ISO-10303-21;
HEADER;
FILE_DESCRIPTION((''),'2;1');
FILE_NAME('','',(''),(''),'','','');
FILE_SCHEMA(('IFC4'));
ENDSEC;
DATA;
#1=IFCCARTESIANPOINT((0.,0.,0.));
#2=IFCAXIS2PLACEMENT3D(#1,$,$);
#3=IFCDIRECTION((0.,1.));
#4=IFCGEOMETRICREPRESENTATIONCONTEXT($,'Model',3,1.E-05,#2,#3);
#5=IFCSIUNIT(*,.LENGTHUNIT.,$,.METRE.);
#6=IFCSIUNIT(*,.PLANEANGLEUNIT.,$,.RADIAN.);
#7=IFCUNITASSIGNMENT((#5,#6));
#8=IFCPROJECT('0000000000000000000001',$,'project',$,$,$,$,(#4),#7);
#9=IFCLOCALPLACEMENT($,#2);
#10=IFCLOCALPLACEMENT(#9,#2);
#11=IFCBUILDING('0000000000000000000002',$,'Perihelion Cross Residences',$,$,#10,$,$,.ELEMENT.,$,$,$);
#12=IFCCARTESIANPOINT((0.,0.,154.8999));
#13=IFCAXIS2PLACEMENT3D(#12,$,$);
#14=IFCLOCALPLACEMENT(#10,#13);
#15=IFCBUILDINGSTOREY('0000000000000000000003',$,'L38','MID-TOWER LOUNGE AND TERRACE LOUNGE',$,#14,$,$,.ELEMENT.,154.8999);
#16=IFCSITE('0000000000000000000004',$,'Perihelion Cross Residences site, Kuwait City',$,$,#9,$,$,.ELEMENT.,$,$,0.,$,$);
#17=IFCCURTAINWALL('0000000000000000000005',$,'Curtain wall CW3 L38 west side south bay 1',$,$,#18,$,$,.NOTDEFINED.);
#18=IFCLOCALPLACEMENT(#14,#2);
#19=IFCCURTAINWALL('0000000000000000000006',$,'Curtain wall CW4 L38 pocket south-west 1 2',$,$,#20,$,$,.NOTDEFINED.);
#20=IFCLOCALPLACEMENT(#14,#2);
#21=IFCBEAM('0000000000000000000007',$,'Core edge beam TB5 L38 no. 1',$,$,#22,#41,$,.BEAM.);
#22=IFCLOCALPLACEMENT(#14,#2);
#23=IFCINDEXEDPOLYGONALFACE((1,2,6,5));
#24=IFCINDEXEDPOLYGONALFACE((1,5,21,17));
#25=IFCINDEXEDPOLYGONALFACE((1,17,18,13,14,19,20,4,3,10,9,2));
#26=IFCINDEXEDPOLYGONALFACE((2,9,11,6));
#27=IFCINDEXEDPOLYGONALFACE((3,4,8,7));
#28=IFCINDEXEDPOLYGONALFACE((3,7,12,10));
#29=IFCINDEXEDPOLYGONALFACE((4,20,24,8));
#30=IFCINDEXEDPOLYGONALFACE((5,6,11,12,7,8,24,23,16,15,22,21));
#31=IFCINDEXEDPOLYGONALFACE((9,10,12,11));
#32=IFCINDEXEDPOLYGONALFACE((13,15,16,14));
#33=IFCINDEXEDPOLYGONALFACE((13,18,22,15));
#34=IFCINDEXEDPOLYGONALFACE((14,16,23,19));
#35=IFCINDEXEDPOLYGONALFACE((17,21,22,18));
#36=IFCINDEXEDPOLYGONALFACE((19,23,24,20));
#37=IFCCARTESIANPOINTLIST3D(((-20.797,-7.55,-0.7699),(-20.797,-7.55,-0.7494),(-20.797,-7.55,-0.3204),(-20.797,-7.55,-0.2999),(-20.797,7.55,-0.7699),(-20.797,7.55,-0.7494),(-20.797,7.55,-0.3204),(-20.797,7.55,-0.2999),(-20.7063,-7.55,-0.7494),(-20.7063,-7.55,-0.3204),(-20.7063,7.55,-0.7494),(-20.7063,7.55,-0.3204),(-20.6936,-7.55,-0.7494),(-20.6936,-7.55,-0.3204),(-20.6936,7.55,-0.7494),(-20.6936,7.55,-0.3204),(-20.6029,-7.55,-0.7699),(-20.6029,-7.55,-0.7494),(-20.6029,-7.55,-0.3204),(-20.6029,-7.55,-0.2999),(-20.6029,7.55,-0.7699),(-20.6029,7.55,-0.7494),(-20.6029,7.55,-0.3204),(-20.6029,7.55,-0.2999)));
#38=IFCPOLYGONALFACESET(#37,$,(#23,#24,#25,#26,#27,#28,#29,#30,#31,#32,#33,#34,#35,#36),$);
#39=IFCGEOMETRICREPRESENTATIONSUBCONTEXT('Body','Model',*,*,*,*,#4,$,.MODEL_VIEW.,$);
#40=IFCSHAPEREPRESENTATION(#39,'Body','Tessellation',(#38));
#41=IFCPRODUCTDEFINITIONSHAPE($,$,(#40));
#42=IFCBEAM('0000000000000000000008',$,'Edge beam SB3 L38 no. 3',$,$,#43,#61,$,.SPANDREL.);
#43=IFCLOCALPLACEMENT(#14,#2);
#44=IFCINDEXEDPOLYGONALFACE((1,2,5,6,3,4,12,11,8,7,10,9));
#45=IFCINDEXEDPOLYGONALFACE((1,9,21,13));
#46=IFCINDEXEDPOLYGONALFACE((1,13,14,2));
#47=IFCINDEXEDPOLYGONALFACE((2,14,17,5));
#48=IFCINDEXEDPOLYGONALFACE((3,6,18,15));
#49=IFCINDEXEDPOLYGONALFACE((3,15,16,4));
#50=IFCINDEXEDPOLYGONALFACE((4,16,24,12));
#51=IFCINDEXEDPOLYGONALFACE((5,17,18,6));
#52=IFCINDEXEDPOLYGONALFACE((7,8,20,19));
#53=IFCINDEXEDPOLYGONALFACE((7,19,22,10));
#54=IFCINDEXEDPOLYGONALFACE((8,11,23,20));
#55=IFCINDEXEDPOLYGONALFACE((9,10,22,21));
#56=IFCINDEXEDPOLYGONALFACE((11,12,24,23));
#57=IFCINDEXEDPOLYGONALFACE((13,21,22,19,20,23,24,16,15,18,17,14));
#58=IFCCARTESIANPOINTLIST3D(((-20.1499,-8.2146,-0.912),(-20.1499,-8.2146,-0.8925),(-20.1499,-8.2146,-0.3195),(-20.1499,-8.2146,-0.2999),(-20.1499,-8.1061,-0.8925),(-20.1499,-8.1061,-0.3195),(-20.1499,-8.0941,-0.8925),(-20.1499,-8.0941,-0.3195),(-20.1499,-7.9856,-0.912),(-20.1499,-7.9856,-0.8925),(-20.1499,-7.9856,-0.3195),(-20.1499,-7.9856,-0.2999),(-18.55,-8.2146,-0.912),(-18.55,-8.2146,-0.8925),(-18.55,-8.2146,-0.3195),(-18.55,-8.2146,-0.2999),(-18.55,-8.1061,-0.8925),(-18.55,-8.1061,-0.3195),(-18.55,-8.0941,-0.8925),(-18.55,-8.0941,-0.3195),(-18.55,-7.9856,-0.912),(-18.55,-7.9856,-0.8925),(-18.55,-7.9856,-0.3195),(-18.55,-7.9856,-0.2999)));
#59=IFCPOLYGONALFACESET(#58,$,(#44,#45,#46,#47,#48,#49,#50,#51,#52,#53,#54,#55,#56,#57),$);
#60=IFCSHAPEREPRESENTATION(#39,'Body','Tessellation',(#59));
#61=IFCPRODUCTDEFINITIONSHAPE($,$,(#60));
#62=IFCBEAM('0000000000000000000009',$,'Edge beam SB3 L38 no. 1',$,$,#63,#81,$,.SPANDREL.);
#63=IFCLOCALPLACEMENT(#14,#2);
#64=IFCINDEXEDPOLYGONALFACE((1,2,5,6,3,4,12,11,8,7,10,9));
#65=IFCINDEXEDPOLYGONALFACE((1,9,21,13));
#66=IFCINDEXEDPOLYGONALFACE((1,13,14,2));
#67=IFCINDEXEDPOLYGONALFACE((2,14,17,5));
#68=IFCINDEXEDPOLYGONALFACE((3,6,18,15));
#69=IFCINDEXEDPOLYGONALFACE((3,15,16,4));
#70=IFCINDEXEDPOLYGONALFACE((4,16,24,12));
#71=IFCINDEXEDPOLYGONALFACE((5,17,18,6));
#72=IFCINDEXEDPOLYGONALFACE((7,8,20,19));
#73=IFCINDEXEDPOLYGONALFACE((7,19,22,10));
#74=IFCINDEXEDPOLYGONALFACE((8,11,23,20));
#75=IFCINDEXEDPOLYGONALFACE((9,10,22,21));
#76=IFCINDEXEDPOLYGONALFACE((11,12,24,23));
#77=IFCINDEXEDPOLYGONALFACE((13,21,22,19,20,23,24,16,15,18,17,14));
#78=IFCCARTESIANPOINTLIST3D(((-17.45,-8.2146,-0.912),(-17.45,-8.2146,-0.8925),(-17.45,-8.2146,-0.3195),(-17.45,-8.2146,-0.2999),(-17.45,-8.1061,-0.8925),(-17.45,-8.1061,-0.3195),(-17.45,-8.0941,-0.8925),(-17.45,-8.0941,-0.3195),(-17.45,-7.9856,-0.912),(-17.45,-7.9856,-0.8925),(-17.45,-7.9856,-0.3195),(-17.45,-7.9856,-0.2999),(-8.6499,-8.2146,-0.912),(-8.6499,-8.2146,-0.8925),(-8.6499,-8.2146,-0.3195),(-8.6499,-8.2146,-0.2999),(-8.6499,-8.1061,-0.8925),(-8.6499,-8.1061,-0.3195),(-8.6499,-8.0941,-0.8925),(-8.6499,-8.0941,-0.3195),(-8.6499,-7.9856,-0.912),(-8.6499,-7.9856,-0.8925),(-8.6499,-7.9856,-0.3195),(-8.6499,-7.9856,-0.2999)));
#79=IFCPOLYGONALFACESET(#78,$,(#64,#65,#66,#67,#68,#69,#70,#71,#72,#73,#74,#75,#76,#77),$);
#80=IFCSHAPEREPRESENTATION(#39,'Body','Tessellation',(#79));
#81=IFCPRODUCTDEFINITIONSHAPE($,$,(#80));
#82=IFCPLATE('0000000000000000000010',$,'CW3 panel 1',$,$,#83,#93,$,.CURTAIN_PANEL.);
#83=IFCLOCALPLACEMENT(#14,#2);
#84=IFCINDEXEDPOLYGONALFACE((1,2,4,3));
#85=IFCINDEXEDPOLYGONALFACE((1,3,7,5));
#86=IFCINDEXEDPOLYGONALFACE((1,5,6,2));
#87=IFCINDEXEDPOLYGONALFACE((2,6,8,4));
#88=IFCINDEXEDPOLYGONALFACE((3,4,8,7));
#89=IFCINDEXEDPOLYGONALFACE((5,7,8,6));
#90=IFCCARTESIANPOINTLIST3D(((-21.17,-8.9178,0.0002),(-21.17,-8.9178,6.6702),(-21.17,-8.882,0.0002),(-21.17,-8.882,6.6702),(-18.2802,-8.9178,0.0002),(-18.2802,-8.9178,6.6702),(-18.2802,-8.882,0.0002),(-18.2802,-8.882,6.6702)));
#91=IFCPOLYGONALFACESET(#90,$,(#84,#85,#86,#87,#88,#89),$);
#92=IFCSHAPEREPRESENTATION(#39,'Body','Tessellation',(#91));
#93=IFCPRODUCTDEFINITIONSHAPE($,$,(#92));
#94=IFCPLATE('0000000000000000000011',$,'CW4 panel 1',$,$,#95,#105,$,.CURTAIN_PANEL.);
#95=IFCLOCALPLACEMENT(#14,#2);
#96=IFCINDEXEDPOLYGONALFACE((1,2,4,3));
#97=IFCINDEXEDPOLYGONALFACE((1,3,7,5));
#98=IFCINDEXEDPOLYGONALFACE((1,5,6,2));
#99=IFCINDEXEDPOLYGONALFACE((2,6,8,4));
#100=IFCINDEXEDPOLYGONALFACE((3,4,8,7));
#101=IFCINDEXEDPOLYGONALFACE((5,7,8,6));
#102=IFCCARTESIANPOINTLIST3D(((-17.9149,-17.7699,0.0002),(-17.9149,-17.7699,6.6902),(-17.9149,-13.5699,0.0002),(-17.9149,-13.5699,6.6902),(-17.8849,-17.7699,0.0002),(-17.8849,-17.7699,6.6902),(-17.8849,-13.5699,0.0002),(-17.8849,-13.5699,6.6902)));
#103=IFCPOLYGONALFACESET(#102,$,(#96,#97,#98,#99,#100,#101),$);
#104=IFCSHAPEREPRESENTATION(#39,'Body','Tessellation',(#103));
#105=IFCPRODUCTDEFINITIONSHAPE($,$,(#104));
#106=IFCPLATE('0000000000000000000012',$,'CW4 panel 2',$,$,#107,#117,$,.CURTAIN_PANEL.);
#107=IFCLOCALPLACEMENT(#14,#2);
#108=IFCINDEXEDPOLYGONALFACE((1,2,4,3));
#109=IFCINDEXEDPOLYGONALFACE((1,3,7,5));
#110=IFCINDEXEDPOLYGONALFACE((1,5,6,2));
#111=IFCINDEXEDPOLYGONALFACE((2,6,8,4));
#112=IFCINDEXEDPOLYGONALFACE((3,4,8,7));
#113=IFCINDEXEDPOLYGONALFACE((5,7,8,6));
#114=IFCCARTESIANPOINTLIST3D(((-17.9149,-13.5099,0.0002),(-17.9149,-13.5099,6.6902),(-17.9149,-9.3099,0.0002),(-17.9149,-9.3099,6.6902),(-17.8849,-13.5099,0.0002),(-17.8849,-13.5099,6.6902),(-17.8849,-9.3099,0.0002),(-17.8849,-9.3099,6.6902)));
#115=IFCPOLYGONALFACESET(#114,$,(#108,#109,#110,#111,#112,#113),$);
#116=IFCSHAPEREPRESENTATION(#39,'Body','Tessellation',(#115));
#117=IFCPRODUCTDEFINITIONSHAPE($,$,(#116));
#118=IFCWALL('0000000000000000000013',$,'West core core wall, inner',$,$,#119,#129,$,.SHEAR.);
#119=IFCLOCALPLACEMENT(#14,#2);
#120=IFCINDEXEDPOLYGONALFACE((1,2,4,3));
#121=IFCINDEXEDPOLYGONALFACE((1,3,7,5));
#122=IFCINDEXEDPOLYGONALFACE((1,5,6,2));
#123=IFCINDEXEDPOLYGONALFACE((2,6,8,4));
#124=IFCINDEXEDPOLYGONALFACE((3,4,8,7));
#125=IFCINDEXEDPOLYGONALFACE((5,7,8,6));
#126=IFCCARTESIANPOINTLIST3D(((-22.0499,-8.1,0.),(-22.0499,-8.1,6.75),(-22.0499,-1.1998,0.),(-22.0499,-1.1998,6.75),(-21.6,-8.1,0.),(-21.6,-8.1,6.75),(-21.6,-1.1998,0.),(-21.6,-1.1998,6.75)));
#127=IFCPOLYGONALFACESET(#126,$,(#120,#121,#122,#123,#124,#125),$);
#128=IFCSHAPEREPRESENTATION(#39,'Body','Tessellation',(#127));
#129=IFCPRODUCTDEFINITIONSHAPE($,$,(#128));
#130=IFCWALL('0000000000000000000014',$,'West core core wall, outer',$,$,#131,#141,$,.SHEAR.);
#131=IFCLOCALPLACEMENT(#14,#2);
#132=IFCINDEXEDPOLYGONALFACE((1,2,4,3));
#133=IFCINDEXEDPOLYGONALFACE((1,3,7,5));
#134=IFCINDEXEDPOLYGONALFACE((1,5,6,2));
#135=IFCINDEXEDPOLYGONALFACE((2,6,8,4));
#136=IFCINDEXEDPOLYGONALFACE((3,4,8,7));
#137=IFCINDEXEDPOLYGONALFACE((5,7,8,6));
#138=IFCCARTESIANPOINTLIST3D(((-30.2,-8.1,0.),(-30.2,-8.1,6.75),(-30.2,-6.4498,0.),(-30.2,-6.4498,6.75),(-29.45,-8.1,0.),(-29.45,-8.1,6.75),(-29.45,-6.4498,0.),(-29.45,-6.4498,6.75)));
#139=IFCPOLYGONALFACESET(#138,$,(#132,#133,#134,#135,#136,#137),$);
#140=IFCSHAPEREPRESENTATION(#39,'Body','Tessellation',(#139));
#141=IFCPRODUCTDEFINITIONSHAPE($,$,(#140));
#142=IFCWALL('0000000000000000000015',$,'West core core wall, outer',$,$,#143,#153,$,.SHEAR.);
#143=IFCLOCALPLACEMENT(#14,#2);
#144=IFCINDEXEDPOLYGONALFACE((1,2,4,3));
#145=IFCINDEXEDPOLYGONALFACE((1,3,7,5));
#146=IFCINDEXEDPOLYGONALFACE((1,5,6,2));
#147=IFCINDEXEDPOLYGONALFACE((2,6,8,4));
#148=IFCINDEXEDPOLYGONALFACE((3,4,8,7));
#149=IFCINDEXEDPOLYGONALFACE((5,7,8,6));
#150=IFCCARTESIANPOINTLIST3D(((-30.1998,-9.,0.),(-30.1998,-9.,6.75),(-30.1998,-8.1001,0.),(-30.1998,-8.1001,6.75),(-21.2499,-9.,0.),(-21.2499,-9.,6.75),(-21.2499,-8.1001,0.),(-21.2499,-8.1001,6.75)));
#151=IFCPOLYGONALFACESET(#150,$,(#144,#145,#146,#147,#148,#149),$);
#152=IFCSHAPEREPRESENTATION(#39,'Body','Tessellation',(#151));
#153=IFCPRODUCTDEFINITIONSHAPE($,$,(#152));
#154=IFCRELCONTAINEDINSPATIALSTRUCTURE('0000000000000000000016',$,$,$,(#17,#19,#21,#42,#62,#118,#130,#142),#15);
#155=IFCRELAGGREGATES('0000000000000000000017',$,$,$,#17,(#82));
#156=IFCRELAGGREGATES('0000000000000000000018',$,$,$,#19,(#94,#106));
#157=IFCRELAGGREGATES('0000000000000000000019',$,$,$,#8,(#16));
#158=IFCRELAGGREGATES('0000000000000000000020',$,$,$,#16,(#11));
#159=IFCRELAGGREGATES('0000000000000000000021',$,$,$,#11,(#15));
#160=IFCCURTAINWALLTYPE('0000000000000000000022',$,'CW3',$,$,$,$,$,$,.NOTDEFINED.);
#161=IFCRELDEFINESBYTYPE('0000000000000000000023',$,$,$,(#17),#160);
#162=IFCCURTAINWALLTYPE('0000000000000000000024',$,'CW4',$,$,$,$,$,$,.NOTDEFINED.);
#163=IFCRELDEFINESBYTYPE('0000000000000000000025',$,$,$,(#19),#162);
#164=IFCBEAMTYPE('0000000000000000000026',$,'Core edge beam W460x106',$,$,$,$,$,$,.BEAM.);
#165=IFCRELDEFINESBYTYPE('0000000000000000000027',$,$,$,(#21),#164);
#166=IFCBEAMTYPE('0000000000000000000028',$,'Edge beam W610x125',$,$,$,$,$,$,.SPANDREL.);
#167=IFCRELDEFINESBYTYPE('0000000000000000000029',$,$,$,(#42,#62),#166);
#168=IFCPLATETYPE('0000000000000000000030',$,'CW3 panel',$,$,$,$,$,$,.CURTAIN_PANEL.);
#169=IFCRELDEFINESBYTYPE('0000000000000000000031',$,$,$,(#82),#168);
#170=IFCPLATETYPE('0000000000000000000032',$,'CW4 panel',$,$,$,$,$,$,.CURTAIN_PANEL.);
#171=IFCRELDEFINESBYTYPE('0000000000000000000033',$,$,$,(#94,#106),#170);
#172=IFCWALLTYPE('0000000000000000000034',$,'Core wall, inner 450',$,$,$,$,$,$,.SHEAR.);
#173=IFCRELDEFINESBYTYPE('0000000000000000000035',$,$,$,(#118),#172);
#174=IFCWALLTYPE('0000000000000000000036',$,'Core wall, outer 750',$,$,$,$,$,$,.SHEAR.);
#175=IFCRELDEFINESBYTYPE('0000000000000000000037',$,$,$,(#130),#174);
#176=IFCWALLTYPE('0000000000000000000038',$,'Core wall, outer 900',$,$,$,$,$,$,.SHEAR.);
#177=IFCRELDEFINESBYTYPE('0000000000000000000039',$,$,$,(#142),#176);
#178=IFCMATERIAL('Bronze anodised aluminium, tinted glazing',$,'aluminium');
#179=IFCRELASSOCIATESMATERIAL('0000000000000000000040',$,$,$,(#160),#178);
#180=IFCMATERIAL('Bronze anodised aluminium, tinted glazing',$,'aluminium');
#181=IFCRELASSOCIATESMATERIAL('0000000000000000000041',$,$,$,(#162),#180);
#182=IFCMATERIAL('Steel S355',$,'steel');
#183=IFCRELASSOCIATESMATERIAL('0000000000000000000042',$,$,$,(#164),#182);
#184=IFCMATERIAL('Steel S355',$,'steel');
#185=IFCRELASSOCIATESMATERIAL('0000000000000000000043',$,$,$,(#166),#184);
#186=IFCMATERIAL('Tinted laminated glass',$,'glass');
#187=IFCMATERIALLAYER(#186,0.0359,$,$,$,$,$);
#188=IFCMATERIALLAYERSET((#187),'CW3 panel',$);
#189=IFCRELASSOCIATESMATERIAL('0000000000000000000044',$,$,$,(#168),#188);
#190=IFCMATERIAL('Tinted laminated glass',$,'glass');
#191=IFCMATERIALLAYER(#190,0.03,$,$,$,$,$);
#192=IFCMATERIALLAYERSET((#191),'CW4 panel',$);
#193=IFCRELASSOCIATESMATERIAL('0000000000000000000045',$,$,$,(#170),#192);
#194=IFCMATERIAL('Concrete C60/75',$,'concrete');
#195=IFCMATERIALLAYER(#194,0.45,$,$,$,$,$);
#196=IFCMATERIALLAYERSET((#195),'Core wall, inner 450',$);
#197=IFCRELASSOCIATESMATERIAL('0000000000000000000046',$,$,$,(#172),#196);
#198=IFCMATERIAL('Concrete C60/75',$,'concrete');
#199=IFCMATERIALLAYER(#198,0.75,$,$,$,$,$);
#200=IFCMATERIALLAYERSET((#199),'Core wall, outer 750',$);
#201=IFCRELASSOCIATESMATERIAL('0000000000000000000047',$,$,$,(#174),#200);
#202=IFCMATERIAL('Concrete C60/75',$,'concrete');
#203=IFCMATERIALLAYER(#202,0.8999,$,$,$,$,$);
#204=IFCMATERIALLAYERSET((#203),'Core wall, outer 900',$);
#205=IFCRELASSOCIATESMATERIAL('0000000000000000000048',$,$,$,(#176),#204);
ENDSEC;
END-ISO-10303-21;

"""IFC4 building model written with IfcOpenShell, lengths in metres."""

from ifc_helpers import new_model, si_unit, direction, frame, frame_2d, origin, origin_2d, place, context, subcontext, project, spatial, rectangle, i_section, extrude, material, layer, layer_set, material_profile, profile_set, type_object, element, aggregate, save


model = new_model("IFC4")

# Units and contexts
model_context = context("Model", 3, precision=1e-05, world=origin(), true_north=direction((0.0, 1.0)))
body_context = subcontext(model_context, "Body", "Model", "MODEL_VIEW")
ifc_project = project(units=[si_unit("LENGTHUNIT", "METRE"), si_unit("PLANEANGLEUNIT", "RADIAN")], contexts=[model_context])

# Site, building, storey
site_placement = place(None, origin())
site = spatial("IfcSite", under=ifc_project, at=site_placement, Name="Perihelion Cross Residences site, Kuwait City", CompositionType="ELEMENT", RefElevation=0.0)
building_placement = place(site_placement, origin())
building = spatial("IfcBuilding", under=site, at=building_placement, Name="Perihelion Cross Residences", CompositionType="ELEMENT")
storey_placement = place(building_placement, frame((0.0, 0.0, 154.8999)))
storey = spatial("IfcBuildingStorey", under=building, at=storey_placement, Name="L38", Description="MID-TOWER LOUNGE AND TERRACE LOUNGE", CompositionType="ELEMENT", Elevation=154.8999)

# Curtain wall
ifc_material_1 = material(Name="Bronze anodised aluminium, tinted glazing", Category="aluminium")
curtain_wall_type_1 = type_object("IfcCurtainWallType", Name="CW3", PredefinedType="NOTDEFINED", material=ifc_material_1)
curtain_wall_1_placement = place(storey_placement, origin())
curtain_wall_1 = element("IfcCurtainWall", 1, at=curtain_wall_1_placement, inside=storey, type_object=curtain_wall_type_1, Name="Curtain wall CW3 L38 west side south bay 1", PredefinedType="NOTDEFINED")

# Shared definitions
ifc_material_2 = material(Name="Bronze anodised aluminium, tinted glazing", Category="aluminium")
curtain_wall_type_2 = type_object("IfcCurtainWallType", Name="CW4", PredefinedType="NOTDEFINED", material=ifc_material_2)

# Curtain wall
curtain_wall_2_placement = place(storey_placement, origin())
curtain_wall_2 = element("IfcCurtainWall", 2, at=curtain_wall_2_placement, inside=storey, type_object=curtain_wall_type_2, Name="Curtain wall CW4 L38 pocket south-west 1 2", PredefinedType="NOTDEFINED")

# Beams
ifc_material_3 = material(Name="Steel S355", Category="steel")
ifc_material_profile_1 = material_profile(ifc_material_3, i_section(OverallWidth=0.1941, OverallDepth=0.47, WebThickness=0.0127, FlangeThickness=0.0205, at=origin_2d()), Name="W460x106")
ifc_profile_set_1 = profile_set([ifc_material_profile_1], Name="Steel S355")
beam_type_1 = type_object("IfcBeamType", Name="Core edge beam W460x106", PredefinedType="BEAM", material=ifc_profile_set_1)
beam_1_placement = place(storey_placement, frame((-20.7, -7.55, -0.5349), z_axis=(0.0, 1.0, 0.0), x_axis=(-1.0, 0.0, 0.0)))
element("IfcBeam", 3, at=beam_1_placement, inside=storey, type_object=beam_type_1, Name="Core edge beam TB5 L38 no. 1", PredefinedType="BEAM", context=body_context, shape_type="SweptSolid", body=[
    extrude(i_section(OverallWidth=0.1941, OverallDepth=0.47, WebThickness=0.0127, FlangeThickness=0.0205, at=origin_2d()), origin(), (0.0, 0.0, 1.0), 15.1001),
])
ifc_material_4 = material(Name="Steel S355", Category="steel")
ifc_material_profile_2 = material_profile(ifc_material_4, i_section(OverallWidth=0.229, OverallDepth=0.6121, WebThickness=0.012, FlangeThickness=0.0195, at=origin_2d()), Name="W610x125")
ifc_profile_set_2 = profile_set([ifc_material_profile_2], Name="Steel S355")
beam_type_2 = type_object("IfcBeamType", Name="Edge beam W610x125", PredefinedType="SPANDREL", material=ifc_profile_set_2)
beam_2_placement = place(storey_placement, frame((-20.1499, -8.1001, -0.606), z_axis=(1.0, 0.0, 0.0), x_axis=(0.0, 1.0, 0.0)))
element("IfcBeam", 4, at=beam_2_placement, inside=storey, type_object=beam_type_2, Name="Edge beam SB3 L38 no. 3", PredefinedType="SPANDREL", context=body_context, shape_type="SweptSolid", body=[
    extrude(i_section(OverallWidth=0.229, OverallDepth=0.6121, WebThickness=0.012, FlangeThickness=0.0195, at=origin_2d()), origin(), (0.0, 0.0, 1.0), 1.5999),
])
beam_3_placement = place(storey_placement, frame((-17.45, -8.1001, -0.606), z_axis=(1.0, 0.0, 0.0), x_axis=(0.0, 1.0, 0.0)))
element("IfcBeam", 5, at=beam_3_placement, inside=storey, type_object=beam_type_2, Name="Edge beam SB3 L38 no. 1", PredefinedType="SPANDREL", context=body_context, shape_type="SweptSolid", body=[
    extrude(i_section(OverallWidth=0.229, OverallDepth=0.6121, WebThickness=0.012, FlangeThickness=0.0195, at=origin_2d()), origin(), (0.0, 0.0, 1.0), 8.8),
])

# Plates
ifc_material_5 = material(Name="Tinted laminated glass", Category="glass")
ifc_layer_1 = layer(ifc_material_5, 0.0359)
ifc_layer_set_1 = layer_set([ifc_layer_1], Name="CW3 panel")
plate_type_1 = type_object("IfcPlateType", Name="CW3 panel", PredefinedType="CURTAIN_PANEL", material=ifc_layer_set_1)
plate_1_placement = place(storey_placement, frame((-19.7251, -8.8999, 0.0002), z_axis=(0.0, 0.0, 1.0), x_axis=(1.0, 0.0, 0.0)))
plate_1 = element("IfcPlate", 6, at=plate_1_placement, type_object=plate_type_1, Name="CW3 panel 1", PredefinedType="CURTAIN_PANEL", context=body_context, shape_type="SweptSolid", body=[
    extrude(rectangle(XDim=2.8899, YDim=0.0359, at=origin_2d()), origin(), (0.0, 0.0, 1.0), 6.6699),
])
aggregate(curtain_wall_1, [plate_1])
ifc_material_6 = material(Name="Tinted laminated glass", Category="glass")
ifc_layer_2 = layer(ifc_material_6, 0.03)
ifc_layer_set_2 = layer_set([ifc_layer_2], Name="CW4 panel")
plate_type_2 = type_object("IfcPlateType", Name="CW4 panel", PredefinedType="CURTAIN_PANEL", material=ifc_layer_set_2)
plate_2_placement = place(storey_placement, frame((-17.8999, -15.6699, 0.0002), z_axis=(0.0, 0.0, 1.0), x_axis=(0.0, 1.0, 0.0)))
plate_2 = element("IfcPlate", 7, at=plate_2_placement, type_object=plate_type_2, Name="CW4 panel 1", PredefinedType="CURTAIN_PANEL", context=body_context, shape_type="SweptSolid", body=[
    extrude(rectangle(XDim=4.2, YDim=0.03, at=origin_2d()), origin(), (0.0, 0.0, 1.0), 6.6899),
])
plate_3_placement = place(storey_placement, frame((-17.8999, -11.4099, 0.0002), z_axis=(0.0, 0.0, 1.0), x_axis=(0.0, 1.0, 0.0)))
plate_3 = element("IfcPlate", 8, at=plate_3_placement, type_object=plate_type_2, Name="CW4 panel 2", PredefinedType="CURTAIN_PANEL", context=body_context, shape_type="SweptSolid", body=[
    extrude(rectangle(XDim=4.2, YDim=0.03, at=origin_2d()), origin(), (0.0, 0.0, 1.0), 6.6899),
])
aggregate(curtain_wall_2, [plate_2, plate_3])

# Walls
ifc_material_7 = material(Name="Concrete C60/75", Category="concrete")
ifc_layer_3 = layer(ifc_material_7, 0.45)
ifc_layer_set_3 = layer_set([ifc_layer_3], Name="Core wall, inner 450")
wall_type_1 = type_object("IfcWallType", Name="Core wall, inner 450", PredefinedType="SHEAR", material=ifc_layer_set_3)
wall_1_placement = place(storey_placement, frame((-21.825, -8.1001, 0.0), z_axis=(0.0, 0.0, 1.0), x_axis=(0.0, 1.0, 0.0)))
element("IfcWall", 9, at=wall_1_placement, inside=storey, type_object=wall_type_1, Name="West core core wall, inner", PredefinedType="SHEAR", context=body_context, shape_type="SweptSolid", body=[
    extrude(rectangle(XDim=6.9001, YDim=0.45, at=frame_2d((3.4502, 0.0))), origin(), (0.0, 0.0, 1.0), 6.75),
])
ifc_material_8 = material(Name="Concrete C60/75", Category="concrete")
ifc_layer_4 = layer(ifc_material_8, 0.75)
ifc_layer_set_4 = layer_set([ifc_layer_4], Name="Core wall, outer 750")
wall_type_2 = type_object("IfcWallType", Name="Core wall, outer 750", PredefinedType="SHEAR", material=ifc_layer_set_4)
wall_2_placement = place(storey_placement, frame((-29.825, -8.1001, 0.0), z_axis=(0.0, 0.0, 1.0), x_axis=(0.0, 1.0, 0.0)))
element("IfcWall", 10, at=wall_2_placement, inside=storey, type_object=wall_type_2, Name="West core core wall, outer", PredefinedType="SHEAR", context=body_context, shape_type="SweptSolid", body=[
    extrude(rectangle(XDim=1.6501, YDim=0.75, at=frame_2d((0.8252, 0.0))), origin(), (0.0, 0.0, 1.0), 6.75),
])
ifc_material_9 = material(Name="Concrete C60/75", Category="concrete")
ifc_layer_5 = layer(ifc_material_9, 0.8999)
ifc_layer_set_5 = layer_set([ifc_layer_5], Name="Core wall, outer 900")
wall_type_3 = type_object("IfcWallType", Name="Core wall, outer 900", PredefinedType="SHEAR", material=ifc_layer_set_5)
wall_3_placement = place(storey_placement, frame((-30.2, -8.55, 0.0), z_axis=(0.0, 0.0, 1.0), x_axis=(1.0, 0.0, 0.0)))
element("IfcWall", 11, at=wall_3_placement, inside=storey, type_object=wall_type_3, Name="West core core wall, outer", PredefinedType="SHEAR", context=body_context, shape_type="SweptSolid", body=[
    extrude(rectangle(XDim=8.95, YDim=0.8999, at=frame_2d((4.4751, 0.0))), origin(), (0.0, 0.0, 1.0), 6.75),
])

save(model, "model.ifc")
